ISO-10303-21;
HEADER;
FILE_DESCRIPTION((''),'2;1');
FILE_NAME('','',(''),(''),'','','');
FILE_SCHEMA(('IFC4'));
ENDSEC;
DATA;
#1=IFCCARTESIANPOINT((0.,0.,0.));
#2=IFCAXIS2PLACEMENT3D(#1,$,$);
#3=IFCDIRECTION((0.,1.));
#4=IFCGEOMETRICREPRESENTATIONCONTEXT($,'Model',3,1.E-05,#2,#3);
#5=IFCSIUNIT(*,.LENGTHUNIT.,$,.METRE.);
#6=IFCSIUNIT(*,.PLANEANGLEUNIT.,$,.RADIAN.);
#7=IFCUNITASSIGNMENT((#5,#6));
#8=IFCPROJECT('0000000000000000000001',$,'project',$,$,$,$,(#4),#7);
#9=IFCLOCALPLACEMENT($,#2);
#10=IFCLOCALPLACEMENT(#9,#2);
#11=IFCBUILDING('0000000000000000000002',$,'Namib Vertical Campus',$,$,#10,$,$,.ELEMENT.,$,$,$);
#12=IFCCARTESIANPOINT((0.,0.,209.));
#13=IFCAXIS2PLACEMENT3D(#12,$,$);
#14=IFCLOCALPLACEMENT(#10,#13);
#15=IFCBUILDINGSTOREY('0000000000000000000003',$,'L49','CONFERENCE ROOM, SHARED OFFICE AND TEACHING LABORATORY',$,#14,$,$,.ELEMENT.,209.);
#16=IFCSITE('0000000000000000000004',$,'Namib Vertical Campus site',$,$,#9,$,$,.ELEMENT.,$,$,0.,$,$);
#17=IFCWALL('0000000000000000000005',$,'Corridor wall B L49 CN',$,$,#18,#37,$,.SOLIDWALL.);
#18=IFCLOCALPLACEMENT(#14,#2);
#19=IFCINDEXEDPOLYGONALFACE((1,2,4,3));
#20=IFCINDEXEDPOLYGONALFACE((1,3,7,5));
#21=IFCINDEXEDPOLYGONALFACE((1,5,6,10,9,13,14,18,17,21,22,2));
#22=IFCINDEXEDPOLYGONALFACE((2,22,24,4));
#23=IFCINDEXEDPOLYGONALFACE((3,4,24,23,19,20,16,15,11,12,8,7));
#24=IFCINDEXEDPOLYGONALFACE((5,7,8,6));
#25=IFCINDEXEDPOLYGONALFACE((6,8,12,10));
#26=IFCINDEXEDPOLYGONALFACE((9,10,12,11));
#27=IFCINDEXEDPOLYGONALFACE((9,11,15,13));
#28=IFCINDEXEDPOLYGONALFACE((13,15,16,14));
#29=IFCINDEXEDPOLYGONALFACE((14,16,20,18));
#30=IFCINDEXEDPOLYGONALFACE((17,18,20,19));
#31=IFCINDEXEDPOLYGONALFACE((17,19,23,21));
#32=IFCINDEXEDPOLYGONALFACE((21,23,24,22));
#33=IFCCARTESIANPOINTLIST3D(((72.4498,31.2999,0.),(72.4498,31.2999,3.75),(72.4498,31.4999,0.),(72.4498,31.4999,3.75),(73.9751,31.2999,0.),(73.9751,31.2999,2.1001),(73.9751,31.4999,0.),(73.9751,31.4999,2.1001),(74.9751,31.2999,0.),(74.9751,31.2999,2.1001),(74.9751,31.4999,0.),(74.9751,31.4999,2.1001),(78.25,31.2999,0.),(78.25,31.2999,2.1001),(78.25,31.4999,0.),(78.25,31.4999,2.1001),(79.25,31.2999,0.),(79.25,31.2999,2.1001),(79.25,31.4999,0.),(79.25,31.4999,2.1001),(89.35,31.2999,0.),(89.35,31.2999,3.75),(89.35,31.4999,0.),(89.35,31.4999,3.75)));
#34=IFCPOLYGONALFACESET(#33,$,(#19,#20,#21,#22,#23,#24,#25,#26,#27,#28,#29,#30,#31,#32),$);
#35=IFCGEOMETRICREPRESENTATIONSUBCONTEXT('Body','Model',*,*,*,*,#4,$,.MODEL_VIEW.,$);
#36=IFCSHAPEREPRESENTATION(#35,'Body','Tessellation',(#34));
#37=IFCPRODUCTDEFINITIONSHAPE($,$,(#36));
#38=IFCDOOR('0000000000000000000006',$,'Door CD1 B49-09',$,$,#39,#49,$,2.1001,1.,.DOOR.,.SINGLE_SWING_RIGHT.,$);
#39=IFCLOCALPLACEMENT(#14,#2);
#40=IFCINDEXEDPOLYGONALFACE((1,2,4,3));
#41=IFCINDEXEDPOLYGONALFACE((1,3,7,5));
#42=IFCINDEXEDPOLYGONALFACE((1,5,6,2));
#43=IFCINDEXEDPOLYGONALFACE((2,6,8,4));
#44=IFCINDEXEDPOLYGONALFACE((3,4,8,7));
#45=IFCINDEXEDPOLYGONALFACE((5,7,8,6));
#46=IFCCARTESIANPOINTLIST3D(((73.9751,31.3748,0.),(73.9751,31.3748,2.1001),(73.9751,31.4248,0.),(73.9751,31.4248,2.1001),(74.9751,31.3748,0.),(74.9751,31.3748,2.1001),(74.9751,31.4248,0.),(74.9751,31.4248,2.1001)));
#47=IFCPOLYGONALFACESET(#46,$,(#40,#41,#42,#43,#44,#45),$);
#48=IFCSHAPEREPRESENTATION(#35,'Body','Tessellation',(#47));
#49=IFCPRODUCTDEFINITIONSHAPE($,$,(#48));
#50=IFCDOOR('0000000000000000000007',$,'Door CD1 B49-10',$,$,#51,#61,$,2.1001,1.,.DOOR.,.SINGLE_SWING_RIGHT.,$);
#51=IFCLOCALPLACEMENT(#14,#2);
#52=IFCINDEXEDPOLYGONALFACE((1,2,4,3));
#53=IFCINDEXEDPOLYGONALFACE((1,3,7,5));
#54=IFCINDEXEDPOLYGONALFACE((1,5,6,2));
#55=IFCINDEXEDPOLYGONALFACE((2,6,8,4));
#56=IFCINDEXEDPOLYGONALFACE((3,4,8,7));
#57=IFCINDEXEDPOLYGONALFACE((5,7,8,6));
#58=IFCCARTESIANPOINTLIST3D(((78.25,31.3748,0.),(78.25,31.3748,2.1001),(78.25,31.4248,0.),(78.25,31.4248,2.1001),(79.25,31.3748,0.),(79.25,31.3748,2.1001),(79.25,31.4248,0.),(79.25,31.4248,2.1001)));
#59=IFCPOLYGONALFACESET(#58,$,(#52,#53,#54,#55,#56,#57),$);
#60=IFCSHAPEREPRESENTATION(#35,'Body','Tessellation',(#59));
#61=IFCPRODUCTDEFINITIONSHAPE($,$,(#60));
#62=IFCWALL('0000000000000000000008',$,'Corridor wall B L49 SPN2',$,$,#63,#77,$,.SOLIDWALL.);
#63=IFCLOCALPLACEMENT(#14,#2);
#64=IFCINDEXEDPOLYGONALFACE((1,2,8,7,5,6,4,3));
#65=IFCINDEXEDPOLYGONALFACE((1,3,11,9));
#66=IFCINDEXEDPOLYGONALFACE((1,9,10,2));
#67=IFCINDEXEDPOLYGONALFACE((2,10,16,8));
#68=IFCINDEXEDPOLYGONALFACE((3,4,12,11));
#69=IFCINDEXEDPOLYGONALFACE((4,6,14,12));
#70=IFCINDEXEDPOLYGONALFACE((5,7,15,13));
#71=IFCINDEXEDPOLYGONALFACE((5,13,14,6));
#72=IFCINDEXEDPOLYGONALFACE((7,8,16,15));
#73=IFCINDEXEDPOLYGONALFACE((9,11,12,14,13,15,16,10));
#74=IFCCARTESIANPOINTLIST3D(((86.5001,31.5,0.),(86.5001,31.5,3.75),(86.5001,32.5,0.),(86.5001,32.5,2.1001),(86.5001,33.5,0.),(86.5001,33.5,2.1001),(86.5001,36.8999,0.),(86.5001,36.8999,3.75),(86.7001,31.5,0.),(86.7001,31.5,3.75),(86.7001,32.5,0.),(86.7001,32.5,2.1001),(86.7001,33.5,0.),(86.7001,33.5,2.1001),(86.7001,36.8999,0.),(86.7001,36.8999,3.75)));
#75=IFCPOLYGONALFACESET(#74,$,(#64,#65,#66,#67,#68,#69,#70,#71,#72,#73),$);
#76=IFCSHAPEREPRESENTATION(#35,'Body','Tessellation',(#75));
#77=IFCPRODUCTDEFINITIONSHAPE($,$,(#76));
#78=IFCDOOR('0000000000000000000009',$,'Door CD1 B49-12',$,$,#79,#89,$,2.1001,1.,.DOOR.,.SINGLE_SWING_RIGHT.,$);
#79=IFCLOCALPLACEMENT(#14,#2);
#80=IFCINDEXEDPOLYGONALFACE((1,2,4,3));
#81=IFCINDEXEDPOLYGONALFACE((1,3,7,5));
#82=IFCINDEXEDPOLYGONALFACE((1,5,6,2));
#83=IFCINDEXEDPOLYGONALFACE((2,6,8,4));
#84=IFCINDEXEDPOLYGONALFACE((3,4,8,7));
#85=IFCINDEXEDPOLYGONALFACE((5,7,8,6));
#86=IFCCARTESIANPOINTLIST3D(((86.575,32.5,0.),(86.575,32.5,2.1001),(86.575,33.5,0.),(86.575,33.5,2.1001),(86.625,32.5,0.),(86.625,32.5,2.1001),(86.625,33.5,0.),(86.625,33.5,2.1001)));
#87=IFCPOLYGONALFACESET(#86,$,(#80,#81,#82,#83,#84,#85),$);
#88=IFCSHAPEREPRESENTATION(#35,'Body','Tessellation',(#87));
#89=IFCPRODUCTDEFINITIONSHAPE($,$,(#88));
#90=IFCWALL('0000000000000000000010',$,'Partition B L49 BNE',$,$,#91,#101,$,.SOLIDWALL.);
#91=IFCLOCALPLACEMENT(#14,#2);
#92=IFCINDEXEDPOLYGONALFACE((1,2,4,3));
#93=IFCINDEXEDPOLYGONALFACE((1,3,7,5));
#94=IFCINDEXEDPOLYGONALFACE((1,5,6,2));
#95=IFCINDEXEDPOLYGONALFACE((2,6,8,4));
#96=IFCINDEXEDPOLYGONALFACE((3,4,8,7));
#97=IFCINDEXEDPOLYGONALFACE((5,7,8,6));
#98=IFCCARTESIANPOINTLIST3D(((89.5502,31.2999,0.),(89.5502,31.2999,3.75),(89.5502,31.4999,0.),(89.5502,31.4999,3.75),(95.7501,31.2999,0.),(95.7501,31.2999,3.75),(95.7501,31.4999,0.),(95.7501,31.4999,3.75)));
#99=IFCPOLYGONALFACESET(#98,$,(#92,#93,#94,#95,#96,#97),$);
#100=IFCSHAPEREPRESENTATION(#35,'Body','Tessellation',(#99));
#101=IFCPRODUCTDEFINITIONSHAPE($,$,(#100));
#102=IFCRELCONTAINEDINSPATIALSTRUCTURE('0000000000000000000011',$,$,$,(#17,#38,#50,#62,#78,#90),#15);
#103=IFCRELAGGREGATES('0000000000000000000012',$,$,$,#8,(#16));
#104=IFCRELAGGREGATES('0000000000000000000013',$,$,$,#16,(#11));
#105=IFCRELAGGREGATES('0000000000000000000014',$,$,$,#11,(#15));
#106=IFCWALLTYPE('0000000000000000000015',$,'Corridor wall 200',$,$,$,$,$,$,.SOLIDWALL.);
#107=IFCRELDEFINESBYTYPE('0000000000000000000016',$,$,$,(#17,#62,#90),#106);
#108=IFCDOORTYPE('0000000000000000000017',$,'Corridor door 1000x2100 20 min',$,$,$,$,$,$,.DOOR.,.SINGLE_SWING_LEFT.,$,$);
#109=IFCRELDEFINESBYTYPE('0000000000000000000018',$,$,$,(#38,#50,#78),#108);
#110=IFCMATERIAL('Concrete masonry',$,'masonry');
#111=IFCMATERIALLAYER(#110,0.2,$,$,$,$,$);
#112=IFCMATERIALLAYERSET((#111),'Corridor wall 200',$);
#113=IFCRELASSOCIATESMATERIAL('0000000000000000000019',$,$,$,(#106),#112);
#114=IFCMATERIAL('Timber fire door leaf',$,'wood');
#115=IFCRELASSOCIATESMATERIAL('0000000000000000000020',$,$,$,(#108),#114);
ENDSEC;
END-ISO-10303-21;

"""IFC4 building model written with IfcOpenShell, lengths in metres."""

from ifc_helpers import new_model, si_unit, direction, frame, frame_2d, origin, place, context, subcontext, project, spatial, rectangle, extrude, material, layer, layer_set, type_object, element, fill, save


model = new_model("IFC4")

# Units and contexts
model_context = context("Model", 3, precision=1e-05, world=origin(), true_north=direction((0.0, 1.0)))
body_context = subcontext(model_context, "Body", "Model", "MODEL_VIEW")
ifc_project = project(units=[si_unit("LENGTHUNIT", "METRE"), si_unit("PLANEANGLEUNIT", "RADIAN")], contexts=[model_context])

# Site, building, storey
site_placement = place(None, origin())
site = spatial("IfcSite", under=ifc_project, at=site_placement, Name="Namib Vertical Campus site", CompositionType="ELEMENT", RefElevation=0.0)
building_placement = place(site_placement, origin())
building = spatial("IfcBuilding", under=site, at=building_placement, Name="Namib Vertical Campus", CompositionType="ELEMENT")
storey_placement = place(building_placement, frame((0.0, 0.0, 209.0)))
storey = spatial("IfcBuildingStorey", under=building, at=storey_placement, Name="L49", Description="CONFERENCE ROOM, SHARED OFFICE AND TEACHING LABORATORY", CompositionType="ELEMENT", Elevation=209.0)

# Wall, openings, doors
ifc_material_1 = material(Name="Concrete masonry", Category="masonry")
ifc_layer_1 = layer(ifc_material_1, 0.2)
ifc_layer_set_1 = layer_set([ifc_layer_1], Name="Corridor wall 200")
wall_type_1 = type_object("IfcWallType", Name="Corridor wall 200", PredefinedType="SOLIDWALL", material=ifc_layer_set_1)
wall_1_placement = place(storey_placement, frame((89.3501, 31.3999, 0.0), z_axis=(0.0, 0.0, 1.0), x_axis=(-1.0, 0.0, 0.0)))
wall_1 = element("IfcWall", 1, at=wall_1_placement, inside=storey, type_object=wall_type_1, Name="Corridor wall B L49 CN", PredefinedType="SOLIDWALL", context=body_context, shape_type="SweptSolid", body=[
    extrude(rectangle(XDim=16.9001, YDim=0.2, at=frame_2d((8.4502, 0.0))), origin(), (0.0, 0.0, 1.0), 3.75),
])
opening_1_placement = place(wall_1_placement, frame((14.375, 0.0, 0.0)))
opening_1 = element("IfcOpeningElement", 2, at=opening_1_placement, cuts=wall_1, PredefinedType="OPENING", context=body_context, shape_type="SweptSolid", body=[
    extrude(rectangle(XDim=1.0, YDim=2.1001, at=frame_2d((0.5, 1.05))), frame((0.0, 0.1099, 0.0), z_axis=(0.0, -1.0, 0.0), x_axis=(1.0, 0.0, 0.0)), (0.0, 0.0, 1.0), 0.22),
])
opening_2_placement = place(wall_1_placement, frame((10.1001, 0.0, 0.0)))
opening_2 = element("IfcOpeningElement", 3, at=opening_2_placement, cuts=wall_1, PredefinedType="OPENING", context=body_context, shape_type="SweptSolid", body=[
    extrude(rectangle(XDim=1.0, YDim=2.1001, at=frame_2d((0.5, 1.05))), frame((0.0, 0.1099, 0.0), z_axis=(0.0, -1.0, 0.0), x_axis=(1.0, 0.0, 0.0)), (0.0, 0.0, 1.0), 0.22),
])
ifc_material_2 = material(Name="Timber fire door leaf", Category="wood")
door_type_1 = type_object("IfcDoorType", Name="Corridor door 1000x2100 20 min", OperationType="SINGLE_SWING_LEFT", PredefinedType="DOOR", material=ifc_material_2)
door_1_placement = place(opening_1_placement, frame((1.0, 0.0, 0.0), z_axis=(0.0, 0.0, 1.0), x_axis=(-1.0, 0.0, 0.0)))
door_1 = element("IfcDoor", 4, at=door_1_placement, inside=storey, type_object=door_type_1, Name="Door CD1 B49-09", OperationType="SINGLE_SWING_RIGHT", OverallHeight=2.1001, OverallWidth=1.0, PredefinedType="DOOR", context=body_context, shape_type="SweptSolid", body=[
    extrude(rectangle(XDim=1.0, YDim=2.1001, at=frame_2d((0.5, 1.05))), frame((0.0, 0.0249, 0.0), z_axis=(0.0, -1.0, 0.0), x_axis=(1.0, 0.0, 0.0)), (0.0, 0.0, 1.0), 0.05),
])
fill(opening_1, door_1)
door_2_placement = place(opening_2_placement, frame((1.0, 0.0, 0.0), z_axis=(0.0, 0.0, 1.0), x_axis=(-1.0, 0.0, 0.0)))
door_2 = element("IfcDoor", 5, at=door_2_placement, inside=storey, type_object=door_type_1, Name="Door CD1 B49-10", OperationType="SINGLE_SWING_RIGHT", OverallHeight=2.1001, OverallWidth=1.0, PredefinedType="DOOR", context=body_context, shape_type="SweptSolid", body=[
    extrude(rectangle(XDim=1.0, YDim=2.1001, at=frame_2d((0.5, 1.05))), frame((0.0, 0.0249, 0.0), z_axis=(0.0, -1.0, 0.0), x_axis=(1.0, 0.0, 0.0)), (0.0, 0.0, 1.0), 0.05),
])
fill(opening_2, door_2)

# Wall, opening, door
wall_2_placement = place(storey_placement, frame((86.6001, 36.8999, 0.0), z_axis=(0.0, 0.0, 1.0), x_axis=(0.0, -1.0, 0.0)))
wall_2 = element("IfcWall", 6, at=wall_2_placement, inside=storey, type_object=wall_type_1, Name="Corridor wall B L49 SPN2", PredefinedType="SOLIDWALL", context=body_context, shape_type="SweptSolid", body=[
    extrude(rectangle(XDim=5.3999, YDim=0.2, at=frame_2d((2.7, 0.0))), origin(), (0.0, 0.0, 1.0), 3.75),
])
opening_3_placement = place(wall_2_placement, frame((3.3999, 0.0, 0.0)))
opening_3 = element("IfcOpeningElement", 7, at=opening_3_placement, cuts=wall_2, PredefinedType="OPENING", context=body_context, shape_type="SweptSolid", body=[
    extrude(rectangle(XDim=1.0, YDim=2.1001, at=frame_2d((0.5, 1.05))), frame((0.0, 0.1099, 0.0), z_axis=(0.0, -1.0, 0.0), x_axis=(1.0, 0.0, 0.0)), (0.0, 0.0, 1.0), 0.22),
])
door_3_placement = place(opening_3_placement, origin())
door_3 = element("IfcDoor", 8, at=door_3_placement, inside=storey, type_object=door_type_1, Name="Door CD1 B49-12", OperationType="SINGLE_SWING_RIGHT", OverallHeight=2.1001, OverallWidth=1.0, PredefinedType="DOOR", context=body_context, shape_type="SweptSolid", body=[
    extrude(rectangle(XDim=1.0, YDim=2.1001, at=frame_2d((0.5, 1.05))), frame((0.0, 0.0249, 0.0), z_axis=(0.0, -1.0, 0.0), x_axis=(1.0, 0.0, 0.0)), (0.0, 0.0, 1.0), 0.05),
])
fill(opening_3, door_3)

# Wall
wall_3_placement = place(storey_placement, frame((89.55, 31.3999, 0.0), z_axis=(0.0, 0.0, 1.0), x_axis=(1.0, 0.0, 0.0)))
element("IfcWall", 9, at=wall_3_placement, inside=storey, type_object=wall_type_1, Name="Partition B L49 BNE", PredefinedType="SOLIDWALL", context=body_context, shape_type="SweptSolid", body=[
    extrude(rectangle(XDim=6.2, YDim=0.2, at=frame_2d((3.1001, 0.0))), origin(), (0.0, 0.0, 1.0), 3.75),
])

save(model, "model.ifc")
